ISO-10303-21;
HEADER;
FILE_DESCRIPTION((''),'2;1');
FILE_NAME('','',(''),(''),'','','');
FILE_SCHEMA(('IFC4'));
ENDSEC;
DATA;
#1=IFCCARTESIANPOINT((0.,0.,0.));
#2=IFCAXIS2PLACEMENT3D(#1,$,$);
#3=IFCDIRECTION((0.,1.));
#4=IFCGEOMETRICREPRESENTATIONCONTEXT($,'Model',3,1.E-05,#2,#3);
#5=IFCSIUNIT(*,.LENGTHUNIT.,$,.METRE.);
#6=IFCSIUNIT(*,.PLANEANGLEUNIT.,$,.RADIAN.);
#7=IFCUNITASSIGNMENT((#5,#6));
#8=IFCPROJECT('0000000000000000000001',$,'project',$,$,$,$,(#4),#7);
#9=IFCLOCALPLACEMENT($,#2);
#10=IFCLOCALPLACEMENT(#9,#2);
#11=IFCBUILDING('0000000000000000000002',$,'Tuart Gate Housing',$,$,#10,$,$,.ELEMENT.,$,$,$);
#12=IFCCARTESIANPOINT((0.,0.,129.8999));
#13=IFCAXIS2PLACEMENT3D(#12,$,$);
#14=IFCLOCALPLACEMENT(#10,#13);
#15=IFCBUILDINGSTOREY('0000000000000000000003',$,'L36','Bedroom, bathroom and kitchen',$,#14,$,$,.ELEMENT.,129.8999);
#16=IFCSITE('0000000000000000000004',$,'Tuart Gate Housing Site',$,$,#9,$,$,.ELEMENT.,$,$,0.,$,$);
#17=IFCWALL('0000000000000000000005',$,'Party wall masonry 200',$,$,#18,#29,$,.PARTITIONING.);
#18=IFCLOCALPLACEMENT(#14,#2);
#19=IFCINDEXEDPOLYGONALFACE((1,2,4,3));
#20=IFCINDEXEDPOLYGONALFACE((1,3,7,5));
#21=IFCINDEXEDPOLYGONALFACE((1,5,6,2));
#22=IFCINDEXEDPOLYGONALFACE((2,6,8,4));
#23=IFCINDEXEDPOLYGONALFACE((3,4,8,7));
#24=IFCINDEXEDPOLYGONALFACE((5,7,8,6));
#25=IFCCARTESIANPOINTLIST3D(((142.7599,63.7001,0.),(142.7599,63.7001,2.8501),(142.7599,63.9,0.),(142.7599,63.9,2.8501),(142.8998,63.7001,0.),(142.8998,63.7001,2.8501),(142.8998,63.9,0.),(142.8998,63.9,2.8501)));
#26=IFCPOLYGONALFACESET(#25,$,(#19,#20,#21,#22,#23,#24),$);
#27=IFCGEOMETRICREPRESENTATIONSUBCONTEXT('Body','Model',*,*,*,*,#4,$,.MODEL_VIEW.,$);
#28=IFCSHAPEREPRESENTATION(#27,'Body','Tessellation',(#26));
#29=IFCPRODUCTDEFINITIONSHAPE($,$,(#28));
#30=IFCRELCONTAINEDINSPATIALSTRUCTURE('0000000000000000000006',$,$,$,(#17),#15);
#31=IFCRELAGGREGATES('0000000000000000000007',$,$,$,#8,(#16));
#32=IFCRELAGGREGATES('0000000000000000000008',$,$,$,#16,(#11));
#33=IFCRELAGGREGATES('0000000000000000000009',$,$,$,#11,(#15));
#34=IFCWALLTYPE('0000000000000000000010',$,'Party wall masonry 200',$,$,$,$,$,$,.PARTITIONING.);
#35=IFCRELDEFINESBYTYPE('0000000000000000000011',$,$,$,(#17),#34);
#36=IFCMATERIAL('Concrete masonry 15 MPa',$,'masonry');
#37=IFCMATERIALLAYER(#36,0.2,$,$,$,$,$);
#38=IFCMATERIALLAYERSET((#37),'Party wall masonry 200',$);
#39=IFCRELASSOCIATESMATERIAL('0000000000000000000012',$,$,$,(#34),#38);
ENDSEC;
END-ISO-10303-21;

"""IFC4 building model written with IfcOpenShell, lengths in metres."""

from ifc_helpers import new_model, si_unit, direction, frame, frame_2d, origin, place, context, subcontext, project, spatial, rectangle, extrude, material, layer, layer_set, type_object, element, save


model = new_model("IFC4")

# Units and contexts
model_context = context("Model", 3, precision=1e-05, world=origin(), true_north=direction((0.0, 1.0)))
body_context = subcontext(model_context, "Body", "Model", "MODEL_VIEW")
ifc_project = project(units=[si_unit("LENGTHUNIT", "METRE"), si_unit("PLANEANGLEUNIT", "RADIAN")], contexts=[model_context])

# Site, building, storey
site_placement = place(None, origin())
site = spatial("IfcSite", under=ifc_project, at=site_placement, Name="Tuart Gate Housing Site", CompositionType="ELEMENT", RefElevation=0.0)
building_placement = place(site_placement, origin())
building = spatial("IfcBuilding", under=site, at=building_placement, Name="Tuart Gate Housing", CompositionType="ELEMENT")
storey_placement = place(building_placement, frame((0.0, 0.0, 129.8999)))
storey = spatial("IfcBuildingStorey", under=building, at=storey_placement, Name="L36", Description="Bedroom, bathroom and kitchen", CompositionType="ELEMENT", Elevation=129.8999)

# Wall
ifc_material_1 = material(Name="Concrete masonry 15 MPa", Category="masonry")
ifc_layer_1 = layer(ifc_material_1, 0.2)
ifc_layer_set_1 = layer_set([ifc_layer_1], Name="Party wall masonry 200")
wall_type_1 = type_object("IfcWallType", Name="Party wall masonry 200", PredefinedType="PARTITIONING", material=ifc_layer_set_1)
wall_1_placement = place(storey_placement, frame((142.76, 63.8, 0.0), z_axis=(0.0, 0.0, 1.0), x_axis=(1.0, 0.0, 0.0)))
element("IfcWall", 1, at=wall_1_placement, inside=storey, type_object=wall_type_1, Name="Party wall masonry 200", PredefinedType="PARTITIONING", context=body_context, shape_type="SweptSolid", body=[
    extrude(rectangle(XDim=0.1399, YDim=0.2, at=frame_2d((0.0698, 0.0))), origin(), (0.0, 0.0, 1.0), 2.8501),
])

save(model, "model.ifc")
